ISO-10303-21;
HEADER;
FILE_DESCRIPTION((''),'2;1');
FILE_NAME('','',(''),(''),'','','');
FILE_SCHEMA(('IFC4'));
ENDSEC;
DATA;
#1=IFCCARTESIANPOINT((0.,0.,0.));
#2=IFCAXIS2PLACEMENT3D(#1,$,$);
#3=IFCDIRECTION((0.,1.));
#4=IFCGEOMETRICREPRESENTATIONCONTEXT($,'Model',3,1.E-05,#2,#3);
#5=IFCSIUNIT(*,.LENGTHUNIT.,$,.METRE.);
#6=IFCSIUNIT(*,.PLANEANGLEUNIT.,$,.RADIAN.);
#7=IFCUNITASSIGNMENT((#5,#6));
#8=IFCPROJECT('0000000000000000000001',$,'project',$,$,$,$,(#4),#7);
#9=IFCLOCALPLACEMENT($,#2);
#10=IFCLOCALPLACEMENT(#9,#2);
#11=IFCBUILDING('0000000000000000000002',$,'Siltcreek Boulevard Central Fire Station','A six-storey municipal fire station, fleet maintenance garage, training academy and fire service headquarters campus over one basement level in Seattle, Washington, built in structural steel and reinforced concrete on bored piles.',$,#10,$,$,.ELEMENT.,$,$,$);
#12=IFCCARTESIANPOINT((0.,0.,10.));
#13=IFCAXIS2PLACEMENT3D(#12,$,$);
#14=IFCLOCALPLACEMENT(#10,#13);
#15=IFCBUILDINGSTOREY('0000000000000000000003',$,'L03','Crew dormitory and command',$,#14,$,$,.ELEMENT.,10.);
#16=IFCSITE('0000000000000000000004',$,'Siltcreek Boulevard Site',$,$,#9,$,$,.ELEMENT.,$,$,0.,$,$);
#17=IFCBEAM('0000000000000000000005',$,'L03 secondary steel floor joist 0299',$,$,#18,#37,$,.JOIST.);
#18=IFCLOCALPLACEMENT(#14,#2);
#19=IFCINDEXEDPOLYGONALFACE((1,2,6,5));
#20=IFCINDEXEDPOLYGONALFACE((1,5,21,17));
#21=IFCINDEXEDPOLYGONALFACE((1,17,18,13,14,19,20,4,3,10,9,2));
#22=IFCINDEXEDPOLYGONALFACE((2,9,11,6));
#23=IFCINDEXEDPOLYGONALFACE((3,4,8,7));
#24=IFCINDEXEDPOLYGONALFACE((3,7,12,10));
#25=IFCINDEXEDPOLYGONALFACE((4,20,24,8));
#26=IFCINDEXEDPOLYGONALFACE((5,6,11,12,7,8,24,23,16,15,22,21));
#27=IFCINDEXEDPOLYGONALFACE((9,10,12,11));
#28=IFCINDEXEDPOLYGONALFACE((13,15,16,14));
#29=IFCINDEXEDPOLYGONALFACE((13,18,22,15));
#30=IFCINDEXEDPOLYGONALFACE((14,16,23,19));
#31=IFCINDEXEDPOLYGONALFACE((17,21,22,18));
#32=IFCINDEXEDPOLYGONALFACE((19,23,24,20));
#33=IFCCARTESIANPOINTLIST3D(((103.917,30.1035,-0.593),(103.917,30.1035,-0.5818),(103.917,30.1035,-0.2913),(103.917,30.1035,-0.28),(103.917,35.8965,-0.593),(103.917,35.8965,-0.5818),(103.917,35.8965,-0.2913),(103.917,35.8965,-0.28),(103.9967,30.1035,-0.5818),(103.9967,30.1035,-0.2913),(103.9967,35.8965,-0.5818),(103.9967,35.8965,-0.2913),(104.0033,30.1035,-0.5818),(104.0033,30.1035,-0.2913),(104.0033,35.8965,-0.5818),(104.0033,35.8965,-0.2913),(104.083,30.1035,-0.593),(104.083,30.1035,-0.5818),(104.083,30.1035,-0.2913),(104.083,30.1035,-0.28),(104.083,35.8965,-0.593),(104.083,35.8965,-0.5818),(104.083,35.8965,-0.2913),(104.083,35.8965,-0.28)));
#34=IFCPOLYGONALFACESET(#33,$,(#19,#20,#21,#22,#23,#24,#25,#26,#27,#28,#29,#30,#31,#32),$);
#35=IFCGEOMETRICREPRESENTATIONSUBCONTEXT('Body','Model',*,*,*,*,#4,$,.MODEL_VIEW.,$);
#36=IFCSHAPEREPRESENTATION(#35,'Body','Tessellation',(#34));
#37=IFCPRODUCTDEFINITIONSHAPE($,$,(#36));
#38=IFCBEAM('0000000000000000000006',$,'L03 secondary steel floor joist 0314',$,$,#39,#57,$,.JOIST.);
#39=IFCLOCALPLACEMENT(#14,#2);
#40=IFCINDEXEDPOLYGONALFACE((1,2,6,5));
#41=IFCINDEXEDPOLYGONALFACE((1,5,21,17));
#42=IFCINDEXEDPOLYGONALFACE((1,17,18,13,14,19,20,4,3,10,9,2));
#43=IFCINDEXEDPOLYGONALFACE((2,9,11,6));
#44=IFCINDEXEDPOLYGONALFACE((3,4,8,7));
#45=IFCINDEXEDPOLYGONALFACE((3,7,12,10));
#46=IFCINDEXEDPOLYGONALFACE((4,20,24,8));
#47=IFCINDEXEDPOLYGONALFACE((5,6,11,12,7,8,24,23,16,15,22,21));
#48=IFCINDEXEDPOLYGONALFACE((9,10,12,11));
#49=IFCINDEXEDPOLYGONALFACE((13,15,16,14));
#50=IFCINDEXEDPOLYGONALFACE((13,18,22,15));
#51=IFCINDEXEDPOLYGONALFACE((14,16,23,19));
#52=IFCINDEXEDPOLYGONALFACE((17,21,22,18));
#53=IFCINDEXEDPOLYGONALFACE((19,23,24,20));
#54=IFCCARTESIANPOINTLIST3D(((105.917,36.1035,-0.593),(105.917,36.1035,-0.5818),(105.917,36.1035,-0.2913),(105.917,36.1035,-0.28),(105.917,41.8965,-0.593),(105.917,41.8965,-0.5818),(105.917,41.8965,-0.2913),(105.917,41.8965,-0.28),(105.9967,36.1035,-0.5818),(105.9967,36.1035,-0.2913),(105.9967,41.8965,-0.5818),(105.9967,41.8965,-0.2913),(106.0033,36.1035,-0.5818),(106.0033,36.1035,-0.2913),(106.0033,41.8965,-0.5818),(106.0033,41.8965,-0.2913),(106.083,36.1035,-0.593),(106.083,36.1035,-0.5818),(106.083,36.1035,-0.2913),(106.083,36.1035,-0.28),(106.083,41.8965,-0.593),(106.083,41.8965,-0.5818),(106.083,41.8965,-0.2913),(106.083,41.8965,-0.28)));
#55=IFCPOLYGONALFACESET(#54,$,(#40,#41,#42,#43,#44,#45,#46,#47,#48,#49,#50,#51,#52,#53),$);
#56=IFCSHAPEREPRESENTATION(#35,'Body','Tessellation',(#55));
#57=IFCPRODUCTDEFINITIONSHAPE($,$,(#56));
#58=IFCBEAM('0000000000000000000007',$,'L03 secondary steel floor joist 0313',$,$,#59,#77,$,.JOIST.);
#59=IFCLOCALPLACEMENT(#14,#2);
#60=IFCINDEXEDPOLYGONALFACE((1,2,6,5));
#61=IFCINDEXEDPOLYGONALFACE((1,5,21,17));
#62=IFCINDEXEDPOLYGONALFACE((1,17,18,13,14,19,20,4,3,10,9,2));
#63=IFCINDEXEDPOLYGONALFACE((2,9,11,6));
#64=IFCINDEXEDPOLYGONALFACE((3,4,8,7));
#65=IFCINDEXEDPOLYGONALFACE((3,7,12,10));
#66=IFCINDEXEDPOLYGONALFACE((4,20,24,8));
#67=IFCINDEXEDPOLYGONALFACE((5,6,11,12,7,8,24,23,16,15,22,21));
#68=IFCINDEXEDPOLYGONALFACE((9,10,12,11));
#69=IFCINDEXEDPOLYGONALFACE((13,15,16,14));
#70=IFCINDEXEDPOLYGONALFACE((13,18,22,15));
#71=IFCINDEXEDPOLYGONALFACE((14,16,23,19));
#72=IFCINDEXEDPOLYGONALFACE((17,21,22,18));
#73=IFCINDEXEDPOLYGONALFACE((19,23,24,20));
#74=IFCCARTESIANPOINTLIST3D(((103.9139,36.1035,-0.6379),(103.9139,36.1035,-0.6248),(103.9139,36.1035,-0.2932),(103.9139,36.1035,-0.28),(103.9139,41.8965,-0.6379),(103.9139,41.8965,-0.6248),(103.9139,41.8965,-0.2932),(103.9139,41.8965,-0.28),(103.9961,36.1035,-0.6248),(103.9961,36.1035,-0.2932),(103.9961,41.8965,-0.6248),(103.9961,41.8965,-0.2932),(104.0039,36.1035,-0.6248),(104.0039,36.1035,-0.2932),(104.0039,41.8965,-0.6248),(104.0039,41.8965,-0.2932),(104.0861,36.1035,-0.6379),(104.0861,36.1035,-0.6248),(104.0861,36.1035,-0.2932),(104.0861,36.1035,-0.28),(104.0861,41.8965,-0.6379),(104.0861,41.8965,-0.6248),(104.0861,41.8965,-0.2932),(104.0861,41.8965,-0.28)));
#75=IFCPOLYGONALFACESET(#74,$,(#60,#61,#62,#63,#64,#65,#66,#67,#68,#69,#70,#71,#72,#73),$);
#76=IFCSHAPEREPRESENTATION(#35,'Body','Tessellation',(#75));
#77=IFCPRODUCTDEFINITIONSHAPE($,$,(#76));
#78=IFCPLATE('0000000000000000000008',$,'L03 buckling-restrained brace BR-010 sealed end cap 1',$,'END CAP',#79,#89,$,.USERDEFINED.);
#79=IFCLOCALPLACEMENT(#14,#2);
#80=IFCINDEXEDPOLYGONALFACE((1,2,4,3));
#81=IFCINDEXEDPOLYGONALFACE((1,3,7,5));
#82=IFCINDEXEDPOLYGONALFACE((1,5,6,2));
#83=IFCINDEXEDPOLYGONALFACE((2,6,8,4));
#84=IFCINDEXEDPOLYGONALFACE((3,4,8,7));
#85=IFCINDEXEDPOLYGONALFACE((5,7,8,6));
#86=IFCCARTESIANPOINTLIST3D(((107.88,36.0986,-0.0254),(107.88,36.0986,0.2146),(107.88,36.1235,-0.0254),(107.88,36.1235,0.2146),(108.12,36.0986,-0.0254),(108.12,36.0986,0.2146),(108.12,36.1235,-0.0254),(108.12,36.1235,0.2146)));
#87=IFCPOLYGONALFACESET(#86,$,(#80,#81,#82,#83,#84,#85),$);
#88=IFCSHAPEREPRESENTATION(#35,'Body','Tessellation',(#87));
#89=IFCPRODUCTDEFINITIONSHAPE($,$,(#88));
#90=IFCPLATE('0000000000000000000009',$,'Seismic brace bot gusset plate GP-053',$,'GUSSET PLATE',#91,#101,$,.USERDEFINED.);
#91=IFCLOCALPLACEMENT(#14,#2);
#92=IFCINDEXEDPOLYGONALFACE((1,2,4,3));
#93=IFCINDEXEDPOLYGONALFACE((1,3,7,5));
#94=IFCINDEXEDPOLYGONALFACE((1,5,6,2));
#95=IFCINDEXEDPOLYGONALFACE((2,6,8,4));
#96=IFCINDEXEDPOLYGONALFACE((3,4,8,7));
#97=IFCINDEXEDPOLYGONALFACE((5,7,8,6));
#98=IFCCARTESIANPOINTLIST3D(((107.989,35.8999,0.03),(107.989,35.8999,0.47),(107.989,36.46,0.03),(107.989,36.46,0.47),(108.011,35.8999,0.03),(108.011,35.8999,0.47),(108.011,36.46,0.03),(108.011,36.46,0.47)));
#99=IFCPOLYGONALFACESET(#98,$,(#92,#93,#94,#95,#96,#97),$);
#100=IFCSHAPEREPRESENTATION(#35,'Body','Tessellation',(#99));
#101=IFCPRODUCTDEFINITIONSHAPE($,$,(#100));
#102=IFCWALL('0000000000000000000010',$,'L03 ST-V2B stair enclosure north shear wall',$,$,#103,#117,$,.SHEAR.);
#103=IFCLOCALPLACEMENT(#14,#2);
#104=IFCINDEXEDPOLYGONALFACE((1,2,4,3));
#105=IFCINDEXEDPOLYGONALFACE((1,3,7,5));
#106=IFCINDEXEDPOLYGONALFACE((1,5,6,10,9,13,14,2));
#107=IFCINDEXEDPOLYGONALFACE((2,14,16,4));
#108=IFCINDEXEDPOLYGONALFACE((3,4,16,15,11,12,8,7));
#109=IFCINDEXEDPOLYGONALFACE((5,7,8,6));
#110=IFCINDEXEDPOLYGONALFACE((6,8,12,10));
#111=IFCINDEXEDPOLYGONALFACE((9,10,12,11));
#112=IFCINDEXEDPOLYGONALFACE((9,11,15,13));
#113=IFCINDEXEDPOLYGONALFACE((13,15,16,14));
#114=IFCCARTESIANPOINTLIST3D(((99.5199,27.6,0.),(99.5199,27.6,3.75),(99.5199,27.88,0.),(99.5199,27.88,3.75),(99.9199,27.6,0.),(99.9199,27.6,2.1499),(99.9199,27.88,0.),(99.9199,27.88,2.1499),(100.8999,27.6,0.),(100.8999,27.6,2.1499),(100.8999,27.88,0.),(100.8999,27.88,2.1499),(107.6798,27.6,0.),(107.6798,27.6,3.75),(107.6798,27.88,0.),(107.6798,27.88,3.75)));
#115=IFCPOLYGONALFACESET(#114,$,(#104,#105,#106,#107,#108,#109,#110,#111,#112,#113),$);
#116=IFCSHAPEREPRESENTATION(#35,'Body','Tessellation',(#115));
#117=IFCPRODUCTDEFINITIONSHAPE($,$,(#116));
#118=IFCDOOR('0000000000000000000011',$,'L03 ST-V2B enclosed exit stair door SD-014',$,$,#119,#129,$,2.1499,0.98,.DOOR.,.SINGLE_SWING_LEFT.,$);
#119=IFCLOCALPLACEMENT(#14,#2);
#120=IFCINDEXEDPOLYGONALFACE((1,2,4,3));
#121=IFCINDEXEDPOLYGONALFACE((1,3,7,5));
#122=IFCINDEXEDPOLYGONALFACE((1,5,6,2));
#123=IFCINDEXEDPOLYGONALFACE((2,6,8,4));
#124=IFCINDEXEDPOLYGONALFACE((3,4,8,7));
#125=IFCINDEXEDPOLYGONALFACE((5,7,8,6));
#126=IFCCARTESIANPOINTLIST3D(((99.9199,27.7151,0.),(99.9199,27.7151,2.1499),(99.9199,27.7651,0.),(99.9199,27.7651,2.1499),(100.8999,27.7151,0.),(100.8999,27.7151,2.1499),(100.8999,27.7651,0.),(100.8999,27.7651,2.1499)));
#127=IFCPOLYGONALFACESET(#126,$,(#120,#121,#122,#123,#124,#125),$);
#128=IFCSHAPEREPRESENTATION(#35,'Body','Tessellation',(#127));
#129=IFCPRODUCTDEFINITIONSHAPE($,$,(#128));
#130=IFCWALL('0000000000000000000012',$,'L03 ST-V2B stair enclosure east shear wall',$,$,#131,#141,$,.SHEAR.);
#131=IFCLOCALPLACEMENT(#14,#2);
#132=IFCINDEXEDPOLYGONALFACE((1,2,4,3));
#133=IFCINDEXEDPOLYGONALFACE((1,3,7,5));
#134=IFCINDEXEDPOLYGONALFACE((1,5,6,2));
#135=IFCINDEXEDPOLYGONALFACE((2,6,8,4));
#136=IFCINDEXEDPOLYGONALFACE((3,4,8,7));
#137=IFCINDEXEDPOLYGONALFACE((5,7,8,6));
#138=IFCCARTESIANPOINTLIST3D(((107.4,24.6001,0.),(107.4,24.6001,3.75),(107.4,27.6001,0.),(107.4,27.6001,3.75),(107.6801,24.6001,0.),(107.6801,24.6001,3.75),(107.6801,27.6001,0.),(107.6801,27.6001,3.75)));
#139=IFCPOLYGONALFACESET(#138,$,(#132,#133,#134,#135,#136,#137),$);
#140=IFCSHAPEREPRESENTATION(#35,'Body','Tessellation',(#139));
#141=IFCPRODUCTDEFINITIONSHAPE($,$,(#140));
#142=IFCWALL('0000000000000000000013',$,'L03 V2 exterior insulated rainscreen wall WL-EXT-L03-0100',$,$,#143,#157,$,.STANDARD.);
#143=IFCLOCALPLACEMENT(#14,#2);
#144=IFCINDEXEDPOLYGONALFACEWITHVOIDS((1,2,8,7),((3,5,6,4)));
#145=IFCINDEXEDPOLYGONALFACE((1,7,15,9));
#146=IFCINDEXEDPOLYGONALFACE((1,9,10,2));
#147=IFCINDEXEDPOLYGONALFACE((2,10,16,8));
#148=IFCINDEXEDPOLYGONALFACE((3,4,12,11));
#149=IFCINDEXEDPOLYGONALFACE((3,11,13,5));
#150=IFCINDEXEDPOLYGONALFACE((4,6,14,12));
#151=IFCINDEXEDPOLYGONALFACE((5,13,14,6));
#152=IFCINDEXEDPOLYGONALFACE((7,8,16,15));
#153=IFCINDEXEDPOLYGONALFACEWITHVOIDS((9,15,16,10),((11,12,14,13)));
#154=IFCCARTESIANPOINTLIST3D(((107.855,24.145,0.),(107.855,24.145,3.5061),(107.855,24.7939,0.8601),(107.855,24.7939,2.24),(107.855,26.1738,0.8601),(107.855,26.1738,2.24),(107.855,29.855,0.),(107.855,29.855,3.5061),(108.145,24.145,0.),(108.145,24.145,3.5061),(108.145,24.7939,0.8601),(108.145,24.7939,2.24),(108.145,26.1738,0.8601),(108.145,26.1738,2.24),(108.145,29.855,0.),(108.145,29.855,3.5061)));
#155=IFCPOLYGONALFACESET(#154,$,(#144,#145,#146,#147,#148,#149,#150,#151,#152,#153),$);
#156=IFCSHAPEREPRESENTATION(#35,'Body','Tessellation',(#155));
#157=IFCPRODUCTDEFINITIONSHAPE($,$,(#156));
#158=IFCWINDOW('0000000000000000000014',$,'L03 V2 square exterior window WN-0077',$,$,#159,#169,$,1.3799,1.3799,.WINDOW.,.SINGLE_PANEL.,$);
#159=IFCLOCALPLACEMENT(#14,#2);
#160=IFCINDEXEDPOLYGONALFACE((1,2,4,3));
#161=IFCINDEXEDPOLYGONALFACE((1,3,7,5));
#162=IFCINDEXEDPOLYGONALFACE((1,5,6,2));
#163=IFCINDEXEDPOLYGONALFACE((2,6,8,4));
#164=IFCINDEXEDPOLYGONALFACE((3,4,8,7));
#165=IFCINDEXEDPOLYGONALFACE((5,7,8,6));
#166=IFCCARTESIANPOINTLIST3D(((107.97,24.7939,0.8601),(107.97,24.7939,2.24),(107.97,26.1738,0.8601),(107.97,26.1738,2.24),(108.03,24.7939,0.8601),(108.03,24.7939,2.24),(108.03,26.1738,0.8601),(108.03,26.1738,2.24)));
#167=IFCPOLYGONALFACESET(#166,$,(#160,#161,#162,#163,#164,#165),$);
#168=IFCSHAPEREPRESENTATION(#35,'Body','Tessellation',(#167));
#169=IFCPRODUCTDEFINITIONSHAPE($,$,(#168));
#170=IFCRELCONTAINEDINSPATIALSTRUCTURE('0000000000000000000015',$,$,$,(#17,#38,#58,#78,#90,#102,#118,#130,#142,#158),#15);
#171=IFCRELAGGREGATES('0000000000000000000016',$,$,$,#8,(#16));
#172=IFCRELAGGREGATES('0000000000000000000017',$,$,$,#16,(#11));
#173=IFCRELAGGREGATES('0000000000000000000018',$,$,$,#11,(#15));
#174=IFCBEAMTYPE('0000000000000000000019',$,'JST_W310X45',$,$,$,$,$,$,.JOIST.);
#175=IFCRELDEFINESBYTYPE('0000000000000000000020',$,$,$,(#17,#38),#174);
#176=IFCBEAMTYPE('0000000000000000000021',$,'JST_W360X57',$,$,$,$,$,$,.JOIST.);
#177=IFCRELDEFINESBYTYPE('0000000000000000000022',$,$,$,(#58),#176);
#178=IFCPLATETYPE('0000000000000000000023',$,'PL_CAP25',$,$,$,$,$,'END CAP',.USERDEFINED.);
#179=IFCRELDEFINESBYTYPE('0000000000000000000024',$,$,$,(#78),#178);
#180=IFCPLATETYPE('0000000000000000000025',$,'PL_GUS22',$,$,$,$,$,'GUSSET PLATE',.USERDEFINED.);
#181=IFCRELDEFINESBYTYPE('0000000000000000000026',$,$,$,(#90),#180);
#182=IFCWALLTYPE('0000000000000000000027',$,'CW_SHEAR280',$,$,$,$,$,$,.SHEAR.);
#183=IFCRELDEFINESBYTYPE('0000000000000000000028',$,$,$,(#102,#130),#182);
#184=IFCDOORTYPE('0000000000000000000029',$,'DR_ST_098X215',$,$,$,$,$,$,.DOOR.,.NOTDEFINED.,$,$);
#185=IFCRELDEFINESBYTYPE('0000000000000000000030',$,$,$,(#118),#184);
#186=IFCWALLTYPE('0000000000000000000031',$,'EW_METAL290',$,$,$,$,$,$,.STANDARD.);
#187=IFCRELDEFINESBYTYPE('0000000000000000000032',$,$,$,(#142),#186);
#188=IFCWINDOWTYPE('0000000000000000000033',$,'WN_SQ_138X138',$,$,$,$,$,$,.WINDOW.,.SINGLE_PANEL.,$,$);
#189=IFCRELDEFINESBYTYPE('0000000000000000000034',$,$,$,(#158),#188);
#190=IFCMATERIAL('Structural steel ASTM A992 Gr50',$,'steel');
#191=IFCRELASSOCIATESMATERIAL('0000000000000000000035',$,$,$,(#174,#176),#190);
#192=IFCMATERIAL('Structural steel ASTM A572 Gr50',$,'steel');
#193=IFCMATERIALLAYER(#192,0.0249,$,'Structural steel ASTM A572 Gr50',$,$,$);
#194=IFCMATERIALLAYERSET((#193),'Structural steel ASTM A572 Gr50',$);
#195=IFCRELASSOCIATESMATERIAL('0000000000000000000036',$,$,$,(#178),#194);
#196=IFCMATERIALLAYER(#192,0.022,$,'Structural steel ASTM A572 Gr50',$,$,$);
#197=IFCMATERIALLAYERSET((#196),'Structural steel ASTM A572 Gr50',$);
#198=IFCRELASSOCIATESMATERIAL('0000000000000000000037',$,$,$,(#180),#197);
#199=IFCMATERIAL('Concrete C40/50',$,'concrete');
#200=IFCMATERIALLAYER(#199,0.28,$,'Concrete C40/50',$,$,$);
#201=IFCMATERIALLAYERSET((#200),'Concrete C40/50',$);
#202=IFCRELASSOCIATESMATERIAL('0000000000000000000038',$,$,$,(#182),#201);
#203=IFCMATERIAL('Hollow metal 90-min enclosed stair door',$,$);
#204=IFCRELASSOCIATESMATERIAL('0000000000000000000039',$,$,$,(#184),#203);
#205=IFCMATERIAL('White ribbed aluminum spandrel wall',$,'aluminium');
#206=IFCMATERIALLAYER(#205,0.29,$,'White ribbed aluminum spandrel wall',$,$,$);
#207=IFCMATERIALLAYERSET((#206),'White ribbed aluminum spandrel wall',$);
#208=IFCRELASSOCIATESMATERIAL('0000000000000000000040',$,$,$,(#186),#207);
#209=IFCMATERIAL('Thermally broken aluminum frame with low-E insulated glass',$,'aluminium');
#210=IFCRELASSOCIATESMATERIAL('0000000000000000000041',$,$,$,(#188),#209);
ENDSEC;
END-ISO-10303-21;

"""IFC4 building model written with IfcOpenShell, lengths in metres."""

from ifc_helpers import new_model, si_unit, direction, frame, frame_2d, origin, origin_2d, place, context, subcontext, project, spatial, rectangle, i_section, extrude, material, layer, layer_set, material_profile, profile_set, type_object, element, fill, save


model = new_model("IFC4")

# Units and contexts
model_context = context("Model", 3, precision=1e-05, world=origin(), true_north=direction((0.0, 1.0)))
body_context = subcontext(model_context, "Body", "Model", "MODEL_VIEW")
ifc_project = project(units=[si_unit("LENGTHUNIT", "METRE"), si_unit("PLANEANGLEUNIT", "RADIAN")], contexts=[model_context])

# Site, building, storey
site_placement = place(None, origin())
site = spatial("IfcSite", under=ifc_project, at=site_placement, Name="Siltcreek Boulevard Site", CompositionType="ELEMENT", RefElevation=0.0)
building_placement = place(site_placement, origin())
building = spatial("IfcBuilding", under=site, at=building_placement, Name="Siltcreek Boulevard Central Fire Station", Description="A six-storey municipal fire station, fleet maintenance garage, training academy and fire service headquarters campus over one basement level in Seattle, Washington, built in structural steel and reinforced concrete on bored piles.", CompositionType="ELEMENT")
storey_placement = place(building_placement, frame((0.0, 0.0, 10.0)))
storey = spatial("IfcBuildingStorey", under=building, at=storey_placement, Name="L03", Description="Crew dormitory and command", CompositionType="ELEMENT", Elevation=10.0)

# Shared definitions
ifc_material_1 = material(Name="Structural steel ASTM A992 Gr50", Category="steel")

# Beams
ifc_material_profile_1 = material_profile(ifc_material_1, i_section(OverallWidth=0.166, OverallDepth=0.313, WebThickness=0.0066, FlangeThickness=0.0112, at=origin_2d()), Name="W310X45")
ifc_profile_set_1 = profile_set([ifc_material_profile_1], Name="Structural steel ASTM A992 Gr50")
beam_type_1 = type_object("IfcBeamType", Name="JST_W310X45", PredefinedType="JOIST", material=ifc_profile_set_1)
for number, where, z_axis, x_axis, name in (
    (1, (104.0, 30.1035, -0.4365), (0.0, 1.0, 0.0), (-1.0, 0.0, 0.0), "L03 secondary steel floor joist 0299"),
    (2, (106.0, 36.1035, -0.4365), (0.0, 1.0, 0.0), (-1.0, 0.0, 0.0), "L03 secondary steel floor joist 0314"),
):
    element("IfcBeam", number, at=place(storey_placement, frame(where, z_axis=z_axis, x_axis=x_axis)), inside=storey, type_object=beam_type_1, Name=name, PredefinedType="JOIST", context=body_context, shape_type="SweptSolid", body=[
        extrude(i_section(OverallWidth=0.166, OverallDepth=0.313, WebThickness=0.0066, FlangeThickness=0.0112, at=origin_2d()), origin(), (0.0, 0.0, 1.0), 5.793),
    ])
ifc_material_profile_2 = material_profile(ifc_material_1, i_section(OverallWidth=0.1721, OverallDepth=0.3579, WebThickness=0.0078, FlangeThickness=0.0132, at=origin_2d()), Name="W360X57")
ifc_profile_set_2 = profile_set([ifc_material_profile_2], Name="Structural steel ASTM A992 Gr50")
beam_type_2 = type_object("IfcBeamType", Name="JST_W360X57", PredefinedType="JOIST", material=ifc_profile_set_2)
beam_1_placement = place(storey_placement, frame((104.0, 36.1035, -0.459), z_axis=(0.0, 1.0, 0.0), x_axis=(-1.0, 0.0, 0.0)))
element("IfcBeam", 3, at=beam_1_placement, inside=storey, type_object=beam_type_2, Name="L03 secondary steel floor joist 0313", PredefinedType="JOIST", context=body_context, shape_type="SweptSolid", body=[
    extrude(i_section(OverallWidth=0.1721, OverallDepth=0.3579, WebThickness=0.0078, FlangeThickness=0.0132, at=origin_2d()), origin(), (0.0, 0.0, 1.0), 5.793),
])

# Plates
ifc_material_2 = material(Name="Structural steel ASTM A572 Gr50", Category="steel")
ifc_layer_1 = layer(ifc_material_2, 0.0249, Name="Structural steel ASTM A572 Gr50")
ifc_layer_set_1 = layer_set([ifc_layer_1], Name="Structural steel ASTM A572 Gr50")
plate_type_1 = type_object("IfcPlateType", Name="PL_CAP25", ElementType="END CAP", PredefinedType="USERDEFINED", material=ifc_layer_set_1)
plate_1_placement = place(storey_placement, frame((108.0, 36.1111, -0.0254), z_axis=(0.0, 0.0, 1.0), x_axis=(0.0, 1.0, 0.0)))
element("IfcPlate", 4, at=plate_1_placement, inside=storey, type_object=plate_type_1, Name="L03 buckling-restrained brace BR-010 sealed end cap 1", ObjectType="END CAP", PredefinedType="USERDEFINED", context=body_context, shape_type="SweptSolid", body=[
    extrude(rectangle(XDim=0.0249, YDim=0.24, at=origin_2d()), origin(), (0.0, 0.0, 1.0), 0.24),
])
ifc_layer_2 = layer(ifc_material_2, 0.022, Name="Structural steel ASTM A572 Gr50")
ifc_layer_set_2 = layer_set([ifc_layer_2], Name="Structural steel ASTM A572 Gr50")
plate_type_2 = type_object("IfcPlateType", Name="PL_GUS22", ElementType="GUSSET PLATE", PredefinedType="USERDEFINED", material=ifc_layer_set_2)
plate_2_placement = place(storey_placement, frame((108.0, 36.1799, 0.03), z_axis=(0.0, 0.0, 1.0), x_axis=(0.0, 1.0, 0.0)))
element("IfcPlate", 5, at=plate_2_placement, inside=storey, type_object=plate_type_2, Name="Seismic brace bot gusset plate GP-053", ObjectType="GUSSET PLATE", PredefinedType="USERDEFINED", context=body_context, shape_type="SweptSolid", body=[
    extrude(rectangle(XDim=0.5601, YDim=0.022, at=origin_2d()), origin(), (0.0, 0.0, 1.0), 0.4399),
])

# Wall, opening, door
ifc_material_3 = material(Name="Concrete C40/50", Category="concrete")
ifc_layer_3 = layer(ifc_material_3, 0.28, Name="Concrete C40/50")
ifc_layer_set_3 = layer_set([ifc_layer_3], Name="Concrete C40/50")
wall_type_1 = type_object("IfcWallType", Name="CW_SHEAR280", PredefinedType="SHEAR", material=ifc_layer_set_3)
wall_1_placement = place(storey_placement, frame((107.6799, 27.74, 0.0), z_axis=(0.0, 0.0, 1.0), x_axis=(-1.0, 0.0, 0.0)))
wall_1 = element("IfcWall", 6, at=wall_1_placement, inside=storey, type_object=wall_type_1, Name="L03 ST-V2B stair enclosure north shear wall", PredefinedType="SHEAR", context=body_context, shape_type="SweptSolid", body=[
    extrude(rectangle(XDim=8.1599, YDim=0.28, at=frame_2d((4.0801, 0.0))), origin(), (0.0, 0.0, 1.0), 3.75),
])
opening_1_placement = place(wall_1_placement, frame((6.78, 0.0, 0.0)))
opening_1 = element("IfcOpeningElement", 7, at=opening_1_placement, cuts=wall_1, PredefinedType="OPENING", context=body_context, shape_type="SweptSolid", body=[
    extrude(rectangle(XDim=0.98, YDim=2.1499, at=frame_2d((0.49, 1.075))), frame((0.0, 0.1499, 0.0), z_axis=(0.0, -1.0, 0.0), x_axis=(1.0, 0.0, 0.0)), (0.0, 0.0, 1.0), 0.3),
])
ifc_material_4 = material(Name="Hollow metal 90-min enclosed stair door")
door_type = type_object("IfcDoorType", Name="DR_ST_098X215", OperationType="NOTDEFINED", PredefinedType="DOOR", material=ifc_material_4)
door_placement = place(opening_1_placement, origin())
door = element("IfcDoor", 8, at=door_placement, inside=storey, type_object=door_type, Name="L03 ST-V2B enclosed exit stair door SD-014", OperationType="SINGLE_SWING_LEFT", OverallHeight=2.1499, OverallWidth=0.98, PredefinedType="DOOR", context=body_context, shape_type="SweptSolid", body=[
    extrude(rectangle(XDim=0.98, YDim=2.1499, at=frame_2d((0.49, 1.075))), frame((0.0, 0.0249, 0.0), z_axis=(0.0, -1.0, 0.0), x_axis=(1.0, 0.0, 0.0)), (0.0, 0.0, 1.0), 0.05),
])
fill(opening_1, door)

# Wall
wall_2_placement = place(storey_placement, frame((107.54, 24.6001, 0.0), z_axis=(0.0, 0.0, 1.0), x_axis=(0.0, 1.0, 0.0)))
element("IfcWall", 9, at=wall_2_placement, inside=storey, type_object=wall_type_1, Name="L03 ST-V2B stair enclosure east shear wall", PredefinedType="SHEAR", context=body_context, shape_type="SweptSolid", body=[
    extrude(rectangle(XDim=3.0, YDim=0.28, at=frame_2d((1.5, 0.0))), origin(), (0.0, 0.0, 1.0), 3.75),
])

# Wall, opening, window
ifc_material_5 = material(Name="White ribbed aluminum spandrel wall", Category="aluminium")
ifc_layer_4 = layer(ifc_material_5, 0.29, Name="White ribbed aluminum spandrel wall")
ifc_layer_set_4 = layer_set([ifc_layer_4], Name="White ribbed aluminum spandrel wall")
wall_type_2 = type_object("IfcWallType", Name="EW_METAL290", PredefinedType="STANDARD", material=ifc_layer_set_4)
wall_3_placement = place(storey_placement, frame((108.0, 24.145, 0.0), z_axis=(0.0, 0.0, 1.0), x_axis=(0.0, 1.0, 0.0)))
wall_3 = element("IfcWall", 10, at=wall_3_placement, inside=storey, type_object=wall_type_2, Name="L03 V2 exterior insulated rainscreen wall WL-EXT-L03-0100", PredefinedType="STANDARD", context=body_context, shape_type="SweptSolid", body=[
    extrude(rectangle(XDim=5.71, YDim=0.29, at=frame_2d((2.855, 0.0))), origin(), (0.0, 0.0, 1.0), 3.5061),
])
opening_2_placement = place(wall_3_placement, frame((0.6489, 0.0, 0.8601)))
opening_2 = element("IfcOpeningElement", 11, at=opening_2_placement, cuts=wall_3, PredefinedType="OPENING", context=body_context, shape_type="SweptSolid", body=[
    extrude(rectangle(XDim=1.3799, YDim=1.3799, at=frame_2d((0.6899, 0.6899))), frame((0.0, 0.155, 0.0), z_axis=(0.0, -1.0, 0.0), x_axis=(1.0, 0.0, 0.0)), (0.0, 0.0, 1.0), 0.3101),
])
ifc_material_6 = material(Name="Thermally broken aluminum frame with low-E insulated glass", Category="aluminium")
window_type_1 = type_object("IfcWindowType", Name="WN_SQ_138X138", PartitioningType="SINGLE_PANEL", PredefinedType="WINDOW", material=ifc_material_6)
window_1_placement = place(opening_2_placement, origin())
window_1 = element("IfcWindow", 12, at=window_1_placement, inside=storey, type_object=window_type_1, Name="L03 V2 square exterior window WN-0077", OverallHeight=1.3799, OverallWidth=1.3799, PartitioningType="SINGLE_PANEL", PredefinedType="WINDOW", context=body_context, shape_type="SweptSolid", body=[
    extrude(rectangle(XDim=1.3799, YDim=1.3799, at=frame_2d((0.6899, 0.6899))), frame((0.0, 0.03, 0.0), z_axis=(0.0, -1.0, 0.0), x_axis=(1.0, 0.0, 0.0)), (0.0, 0.0, 1.0), 0.0601),
])
fill(opening_2, window_1)

save(model, "model.ifc")
